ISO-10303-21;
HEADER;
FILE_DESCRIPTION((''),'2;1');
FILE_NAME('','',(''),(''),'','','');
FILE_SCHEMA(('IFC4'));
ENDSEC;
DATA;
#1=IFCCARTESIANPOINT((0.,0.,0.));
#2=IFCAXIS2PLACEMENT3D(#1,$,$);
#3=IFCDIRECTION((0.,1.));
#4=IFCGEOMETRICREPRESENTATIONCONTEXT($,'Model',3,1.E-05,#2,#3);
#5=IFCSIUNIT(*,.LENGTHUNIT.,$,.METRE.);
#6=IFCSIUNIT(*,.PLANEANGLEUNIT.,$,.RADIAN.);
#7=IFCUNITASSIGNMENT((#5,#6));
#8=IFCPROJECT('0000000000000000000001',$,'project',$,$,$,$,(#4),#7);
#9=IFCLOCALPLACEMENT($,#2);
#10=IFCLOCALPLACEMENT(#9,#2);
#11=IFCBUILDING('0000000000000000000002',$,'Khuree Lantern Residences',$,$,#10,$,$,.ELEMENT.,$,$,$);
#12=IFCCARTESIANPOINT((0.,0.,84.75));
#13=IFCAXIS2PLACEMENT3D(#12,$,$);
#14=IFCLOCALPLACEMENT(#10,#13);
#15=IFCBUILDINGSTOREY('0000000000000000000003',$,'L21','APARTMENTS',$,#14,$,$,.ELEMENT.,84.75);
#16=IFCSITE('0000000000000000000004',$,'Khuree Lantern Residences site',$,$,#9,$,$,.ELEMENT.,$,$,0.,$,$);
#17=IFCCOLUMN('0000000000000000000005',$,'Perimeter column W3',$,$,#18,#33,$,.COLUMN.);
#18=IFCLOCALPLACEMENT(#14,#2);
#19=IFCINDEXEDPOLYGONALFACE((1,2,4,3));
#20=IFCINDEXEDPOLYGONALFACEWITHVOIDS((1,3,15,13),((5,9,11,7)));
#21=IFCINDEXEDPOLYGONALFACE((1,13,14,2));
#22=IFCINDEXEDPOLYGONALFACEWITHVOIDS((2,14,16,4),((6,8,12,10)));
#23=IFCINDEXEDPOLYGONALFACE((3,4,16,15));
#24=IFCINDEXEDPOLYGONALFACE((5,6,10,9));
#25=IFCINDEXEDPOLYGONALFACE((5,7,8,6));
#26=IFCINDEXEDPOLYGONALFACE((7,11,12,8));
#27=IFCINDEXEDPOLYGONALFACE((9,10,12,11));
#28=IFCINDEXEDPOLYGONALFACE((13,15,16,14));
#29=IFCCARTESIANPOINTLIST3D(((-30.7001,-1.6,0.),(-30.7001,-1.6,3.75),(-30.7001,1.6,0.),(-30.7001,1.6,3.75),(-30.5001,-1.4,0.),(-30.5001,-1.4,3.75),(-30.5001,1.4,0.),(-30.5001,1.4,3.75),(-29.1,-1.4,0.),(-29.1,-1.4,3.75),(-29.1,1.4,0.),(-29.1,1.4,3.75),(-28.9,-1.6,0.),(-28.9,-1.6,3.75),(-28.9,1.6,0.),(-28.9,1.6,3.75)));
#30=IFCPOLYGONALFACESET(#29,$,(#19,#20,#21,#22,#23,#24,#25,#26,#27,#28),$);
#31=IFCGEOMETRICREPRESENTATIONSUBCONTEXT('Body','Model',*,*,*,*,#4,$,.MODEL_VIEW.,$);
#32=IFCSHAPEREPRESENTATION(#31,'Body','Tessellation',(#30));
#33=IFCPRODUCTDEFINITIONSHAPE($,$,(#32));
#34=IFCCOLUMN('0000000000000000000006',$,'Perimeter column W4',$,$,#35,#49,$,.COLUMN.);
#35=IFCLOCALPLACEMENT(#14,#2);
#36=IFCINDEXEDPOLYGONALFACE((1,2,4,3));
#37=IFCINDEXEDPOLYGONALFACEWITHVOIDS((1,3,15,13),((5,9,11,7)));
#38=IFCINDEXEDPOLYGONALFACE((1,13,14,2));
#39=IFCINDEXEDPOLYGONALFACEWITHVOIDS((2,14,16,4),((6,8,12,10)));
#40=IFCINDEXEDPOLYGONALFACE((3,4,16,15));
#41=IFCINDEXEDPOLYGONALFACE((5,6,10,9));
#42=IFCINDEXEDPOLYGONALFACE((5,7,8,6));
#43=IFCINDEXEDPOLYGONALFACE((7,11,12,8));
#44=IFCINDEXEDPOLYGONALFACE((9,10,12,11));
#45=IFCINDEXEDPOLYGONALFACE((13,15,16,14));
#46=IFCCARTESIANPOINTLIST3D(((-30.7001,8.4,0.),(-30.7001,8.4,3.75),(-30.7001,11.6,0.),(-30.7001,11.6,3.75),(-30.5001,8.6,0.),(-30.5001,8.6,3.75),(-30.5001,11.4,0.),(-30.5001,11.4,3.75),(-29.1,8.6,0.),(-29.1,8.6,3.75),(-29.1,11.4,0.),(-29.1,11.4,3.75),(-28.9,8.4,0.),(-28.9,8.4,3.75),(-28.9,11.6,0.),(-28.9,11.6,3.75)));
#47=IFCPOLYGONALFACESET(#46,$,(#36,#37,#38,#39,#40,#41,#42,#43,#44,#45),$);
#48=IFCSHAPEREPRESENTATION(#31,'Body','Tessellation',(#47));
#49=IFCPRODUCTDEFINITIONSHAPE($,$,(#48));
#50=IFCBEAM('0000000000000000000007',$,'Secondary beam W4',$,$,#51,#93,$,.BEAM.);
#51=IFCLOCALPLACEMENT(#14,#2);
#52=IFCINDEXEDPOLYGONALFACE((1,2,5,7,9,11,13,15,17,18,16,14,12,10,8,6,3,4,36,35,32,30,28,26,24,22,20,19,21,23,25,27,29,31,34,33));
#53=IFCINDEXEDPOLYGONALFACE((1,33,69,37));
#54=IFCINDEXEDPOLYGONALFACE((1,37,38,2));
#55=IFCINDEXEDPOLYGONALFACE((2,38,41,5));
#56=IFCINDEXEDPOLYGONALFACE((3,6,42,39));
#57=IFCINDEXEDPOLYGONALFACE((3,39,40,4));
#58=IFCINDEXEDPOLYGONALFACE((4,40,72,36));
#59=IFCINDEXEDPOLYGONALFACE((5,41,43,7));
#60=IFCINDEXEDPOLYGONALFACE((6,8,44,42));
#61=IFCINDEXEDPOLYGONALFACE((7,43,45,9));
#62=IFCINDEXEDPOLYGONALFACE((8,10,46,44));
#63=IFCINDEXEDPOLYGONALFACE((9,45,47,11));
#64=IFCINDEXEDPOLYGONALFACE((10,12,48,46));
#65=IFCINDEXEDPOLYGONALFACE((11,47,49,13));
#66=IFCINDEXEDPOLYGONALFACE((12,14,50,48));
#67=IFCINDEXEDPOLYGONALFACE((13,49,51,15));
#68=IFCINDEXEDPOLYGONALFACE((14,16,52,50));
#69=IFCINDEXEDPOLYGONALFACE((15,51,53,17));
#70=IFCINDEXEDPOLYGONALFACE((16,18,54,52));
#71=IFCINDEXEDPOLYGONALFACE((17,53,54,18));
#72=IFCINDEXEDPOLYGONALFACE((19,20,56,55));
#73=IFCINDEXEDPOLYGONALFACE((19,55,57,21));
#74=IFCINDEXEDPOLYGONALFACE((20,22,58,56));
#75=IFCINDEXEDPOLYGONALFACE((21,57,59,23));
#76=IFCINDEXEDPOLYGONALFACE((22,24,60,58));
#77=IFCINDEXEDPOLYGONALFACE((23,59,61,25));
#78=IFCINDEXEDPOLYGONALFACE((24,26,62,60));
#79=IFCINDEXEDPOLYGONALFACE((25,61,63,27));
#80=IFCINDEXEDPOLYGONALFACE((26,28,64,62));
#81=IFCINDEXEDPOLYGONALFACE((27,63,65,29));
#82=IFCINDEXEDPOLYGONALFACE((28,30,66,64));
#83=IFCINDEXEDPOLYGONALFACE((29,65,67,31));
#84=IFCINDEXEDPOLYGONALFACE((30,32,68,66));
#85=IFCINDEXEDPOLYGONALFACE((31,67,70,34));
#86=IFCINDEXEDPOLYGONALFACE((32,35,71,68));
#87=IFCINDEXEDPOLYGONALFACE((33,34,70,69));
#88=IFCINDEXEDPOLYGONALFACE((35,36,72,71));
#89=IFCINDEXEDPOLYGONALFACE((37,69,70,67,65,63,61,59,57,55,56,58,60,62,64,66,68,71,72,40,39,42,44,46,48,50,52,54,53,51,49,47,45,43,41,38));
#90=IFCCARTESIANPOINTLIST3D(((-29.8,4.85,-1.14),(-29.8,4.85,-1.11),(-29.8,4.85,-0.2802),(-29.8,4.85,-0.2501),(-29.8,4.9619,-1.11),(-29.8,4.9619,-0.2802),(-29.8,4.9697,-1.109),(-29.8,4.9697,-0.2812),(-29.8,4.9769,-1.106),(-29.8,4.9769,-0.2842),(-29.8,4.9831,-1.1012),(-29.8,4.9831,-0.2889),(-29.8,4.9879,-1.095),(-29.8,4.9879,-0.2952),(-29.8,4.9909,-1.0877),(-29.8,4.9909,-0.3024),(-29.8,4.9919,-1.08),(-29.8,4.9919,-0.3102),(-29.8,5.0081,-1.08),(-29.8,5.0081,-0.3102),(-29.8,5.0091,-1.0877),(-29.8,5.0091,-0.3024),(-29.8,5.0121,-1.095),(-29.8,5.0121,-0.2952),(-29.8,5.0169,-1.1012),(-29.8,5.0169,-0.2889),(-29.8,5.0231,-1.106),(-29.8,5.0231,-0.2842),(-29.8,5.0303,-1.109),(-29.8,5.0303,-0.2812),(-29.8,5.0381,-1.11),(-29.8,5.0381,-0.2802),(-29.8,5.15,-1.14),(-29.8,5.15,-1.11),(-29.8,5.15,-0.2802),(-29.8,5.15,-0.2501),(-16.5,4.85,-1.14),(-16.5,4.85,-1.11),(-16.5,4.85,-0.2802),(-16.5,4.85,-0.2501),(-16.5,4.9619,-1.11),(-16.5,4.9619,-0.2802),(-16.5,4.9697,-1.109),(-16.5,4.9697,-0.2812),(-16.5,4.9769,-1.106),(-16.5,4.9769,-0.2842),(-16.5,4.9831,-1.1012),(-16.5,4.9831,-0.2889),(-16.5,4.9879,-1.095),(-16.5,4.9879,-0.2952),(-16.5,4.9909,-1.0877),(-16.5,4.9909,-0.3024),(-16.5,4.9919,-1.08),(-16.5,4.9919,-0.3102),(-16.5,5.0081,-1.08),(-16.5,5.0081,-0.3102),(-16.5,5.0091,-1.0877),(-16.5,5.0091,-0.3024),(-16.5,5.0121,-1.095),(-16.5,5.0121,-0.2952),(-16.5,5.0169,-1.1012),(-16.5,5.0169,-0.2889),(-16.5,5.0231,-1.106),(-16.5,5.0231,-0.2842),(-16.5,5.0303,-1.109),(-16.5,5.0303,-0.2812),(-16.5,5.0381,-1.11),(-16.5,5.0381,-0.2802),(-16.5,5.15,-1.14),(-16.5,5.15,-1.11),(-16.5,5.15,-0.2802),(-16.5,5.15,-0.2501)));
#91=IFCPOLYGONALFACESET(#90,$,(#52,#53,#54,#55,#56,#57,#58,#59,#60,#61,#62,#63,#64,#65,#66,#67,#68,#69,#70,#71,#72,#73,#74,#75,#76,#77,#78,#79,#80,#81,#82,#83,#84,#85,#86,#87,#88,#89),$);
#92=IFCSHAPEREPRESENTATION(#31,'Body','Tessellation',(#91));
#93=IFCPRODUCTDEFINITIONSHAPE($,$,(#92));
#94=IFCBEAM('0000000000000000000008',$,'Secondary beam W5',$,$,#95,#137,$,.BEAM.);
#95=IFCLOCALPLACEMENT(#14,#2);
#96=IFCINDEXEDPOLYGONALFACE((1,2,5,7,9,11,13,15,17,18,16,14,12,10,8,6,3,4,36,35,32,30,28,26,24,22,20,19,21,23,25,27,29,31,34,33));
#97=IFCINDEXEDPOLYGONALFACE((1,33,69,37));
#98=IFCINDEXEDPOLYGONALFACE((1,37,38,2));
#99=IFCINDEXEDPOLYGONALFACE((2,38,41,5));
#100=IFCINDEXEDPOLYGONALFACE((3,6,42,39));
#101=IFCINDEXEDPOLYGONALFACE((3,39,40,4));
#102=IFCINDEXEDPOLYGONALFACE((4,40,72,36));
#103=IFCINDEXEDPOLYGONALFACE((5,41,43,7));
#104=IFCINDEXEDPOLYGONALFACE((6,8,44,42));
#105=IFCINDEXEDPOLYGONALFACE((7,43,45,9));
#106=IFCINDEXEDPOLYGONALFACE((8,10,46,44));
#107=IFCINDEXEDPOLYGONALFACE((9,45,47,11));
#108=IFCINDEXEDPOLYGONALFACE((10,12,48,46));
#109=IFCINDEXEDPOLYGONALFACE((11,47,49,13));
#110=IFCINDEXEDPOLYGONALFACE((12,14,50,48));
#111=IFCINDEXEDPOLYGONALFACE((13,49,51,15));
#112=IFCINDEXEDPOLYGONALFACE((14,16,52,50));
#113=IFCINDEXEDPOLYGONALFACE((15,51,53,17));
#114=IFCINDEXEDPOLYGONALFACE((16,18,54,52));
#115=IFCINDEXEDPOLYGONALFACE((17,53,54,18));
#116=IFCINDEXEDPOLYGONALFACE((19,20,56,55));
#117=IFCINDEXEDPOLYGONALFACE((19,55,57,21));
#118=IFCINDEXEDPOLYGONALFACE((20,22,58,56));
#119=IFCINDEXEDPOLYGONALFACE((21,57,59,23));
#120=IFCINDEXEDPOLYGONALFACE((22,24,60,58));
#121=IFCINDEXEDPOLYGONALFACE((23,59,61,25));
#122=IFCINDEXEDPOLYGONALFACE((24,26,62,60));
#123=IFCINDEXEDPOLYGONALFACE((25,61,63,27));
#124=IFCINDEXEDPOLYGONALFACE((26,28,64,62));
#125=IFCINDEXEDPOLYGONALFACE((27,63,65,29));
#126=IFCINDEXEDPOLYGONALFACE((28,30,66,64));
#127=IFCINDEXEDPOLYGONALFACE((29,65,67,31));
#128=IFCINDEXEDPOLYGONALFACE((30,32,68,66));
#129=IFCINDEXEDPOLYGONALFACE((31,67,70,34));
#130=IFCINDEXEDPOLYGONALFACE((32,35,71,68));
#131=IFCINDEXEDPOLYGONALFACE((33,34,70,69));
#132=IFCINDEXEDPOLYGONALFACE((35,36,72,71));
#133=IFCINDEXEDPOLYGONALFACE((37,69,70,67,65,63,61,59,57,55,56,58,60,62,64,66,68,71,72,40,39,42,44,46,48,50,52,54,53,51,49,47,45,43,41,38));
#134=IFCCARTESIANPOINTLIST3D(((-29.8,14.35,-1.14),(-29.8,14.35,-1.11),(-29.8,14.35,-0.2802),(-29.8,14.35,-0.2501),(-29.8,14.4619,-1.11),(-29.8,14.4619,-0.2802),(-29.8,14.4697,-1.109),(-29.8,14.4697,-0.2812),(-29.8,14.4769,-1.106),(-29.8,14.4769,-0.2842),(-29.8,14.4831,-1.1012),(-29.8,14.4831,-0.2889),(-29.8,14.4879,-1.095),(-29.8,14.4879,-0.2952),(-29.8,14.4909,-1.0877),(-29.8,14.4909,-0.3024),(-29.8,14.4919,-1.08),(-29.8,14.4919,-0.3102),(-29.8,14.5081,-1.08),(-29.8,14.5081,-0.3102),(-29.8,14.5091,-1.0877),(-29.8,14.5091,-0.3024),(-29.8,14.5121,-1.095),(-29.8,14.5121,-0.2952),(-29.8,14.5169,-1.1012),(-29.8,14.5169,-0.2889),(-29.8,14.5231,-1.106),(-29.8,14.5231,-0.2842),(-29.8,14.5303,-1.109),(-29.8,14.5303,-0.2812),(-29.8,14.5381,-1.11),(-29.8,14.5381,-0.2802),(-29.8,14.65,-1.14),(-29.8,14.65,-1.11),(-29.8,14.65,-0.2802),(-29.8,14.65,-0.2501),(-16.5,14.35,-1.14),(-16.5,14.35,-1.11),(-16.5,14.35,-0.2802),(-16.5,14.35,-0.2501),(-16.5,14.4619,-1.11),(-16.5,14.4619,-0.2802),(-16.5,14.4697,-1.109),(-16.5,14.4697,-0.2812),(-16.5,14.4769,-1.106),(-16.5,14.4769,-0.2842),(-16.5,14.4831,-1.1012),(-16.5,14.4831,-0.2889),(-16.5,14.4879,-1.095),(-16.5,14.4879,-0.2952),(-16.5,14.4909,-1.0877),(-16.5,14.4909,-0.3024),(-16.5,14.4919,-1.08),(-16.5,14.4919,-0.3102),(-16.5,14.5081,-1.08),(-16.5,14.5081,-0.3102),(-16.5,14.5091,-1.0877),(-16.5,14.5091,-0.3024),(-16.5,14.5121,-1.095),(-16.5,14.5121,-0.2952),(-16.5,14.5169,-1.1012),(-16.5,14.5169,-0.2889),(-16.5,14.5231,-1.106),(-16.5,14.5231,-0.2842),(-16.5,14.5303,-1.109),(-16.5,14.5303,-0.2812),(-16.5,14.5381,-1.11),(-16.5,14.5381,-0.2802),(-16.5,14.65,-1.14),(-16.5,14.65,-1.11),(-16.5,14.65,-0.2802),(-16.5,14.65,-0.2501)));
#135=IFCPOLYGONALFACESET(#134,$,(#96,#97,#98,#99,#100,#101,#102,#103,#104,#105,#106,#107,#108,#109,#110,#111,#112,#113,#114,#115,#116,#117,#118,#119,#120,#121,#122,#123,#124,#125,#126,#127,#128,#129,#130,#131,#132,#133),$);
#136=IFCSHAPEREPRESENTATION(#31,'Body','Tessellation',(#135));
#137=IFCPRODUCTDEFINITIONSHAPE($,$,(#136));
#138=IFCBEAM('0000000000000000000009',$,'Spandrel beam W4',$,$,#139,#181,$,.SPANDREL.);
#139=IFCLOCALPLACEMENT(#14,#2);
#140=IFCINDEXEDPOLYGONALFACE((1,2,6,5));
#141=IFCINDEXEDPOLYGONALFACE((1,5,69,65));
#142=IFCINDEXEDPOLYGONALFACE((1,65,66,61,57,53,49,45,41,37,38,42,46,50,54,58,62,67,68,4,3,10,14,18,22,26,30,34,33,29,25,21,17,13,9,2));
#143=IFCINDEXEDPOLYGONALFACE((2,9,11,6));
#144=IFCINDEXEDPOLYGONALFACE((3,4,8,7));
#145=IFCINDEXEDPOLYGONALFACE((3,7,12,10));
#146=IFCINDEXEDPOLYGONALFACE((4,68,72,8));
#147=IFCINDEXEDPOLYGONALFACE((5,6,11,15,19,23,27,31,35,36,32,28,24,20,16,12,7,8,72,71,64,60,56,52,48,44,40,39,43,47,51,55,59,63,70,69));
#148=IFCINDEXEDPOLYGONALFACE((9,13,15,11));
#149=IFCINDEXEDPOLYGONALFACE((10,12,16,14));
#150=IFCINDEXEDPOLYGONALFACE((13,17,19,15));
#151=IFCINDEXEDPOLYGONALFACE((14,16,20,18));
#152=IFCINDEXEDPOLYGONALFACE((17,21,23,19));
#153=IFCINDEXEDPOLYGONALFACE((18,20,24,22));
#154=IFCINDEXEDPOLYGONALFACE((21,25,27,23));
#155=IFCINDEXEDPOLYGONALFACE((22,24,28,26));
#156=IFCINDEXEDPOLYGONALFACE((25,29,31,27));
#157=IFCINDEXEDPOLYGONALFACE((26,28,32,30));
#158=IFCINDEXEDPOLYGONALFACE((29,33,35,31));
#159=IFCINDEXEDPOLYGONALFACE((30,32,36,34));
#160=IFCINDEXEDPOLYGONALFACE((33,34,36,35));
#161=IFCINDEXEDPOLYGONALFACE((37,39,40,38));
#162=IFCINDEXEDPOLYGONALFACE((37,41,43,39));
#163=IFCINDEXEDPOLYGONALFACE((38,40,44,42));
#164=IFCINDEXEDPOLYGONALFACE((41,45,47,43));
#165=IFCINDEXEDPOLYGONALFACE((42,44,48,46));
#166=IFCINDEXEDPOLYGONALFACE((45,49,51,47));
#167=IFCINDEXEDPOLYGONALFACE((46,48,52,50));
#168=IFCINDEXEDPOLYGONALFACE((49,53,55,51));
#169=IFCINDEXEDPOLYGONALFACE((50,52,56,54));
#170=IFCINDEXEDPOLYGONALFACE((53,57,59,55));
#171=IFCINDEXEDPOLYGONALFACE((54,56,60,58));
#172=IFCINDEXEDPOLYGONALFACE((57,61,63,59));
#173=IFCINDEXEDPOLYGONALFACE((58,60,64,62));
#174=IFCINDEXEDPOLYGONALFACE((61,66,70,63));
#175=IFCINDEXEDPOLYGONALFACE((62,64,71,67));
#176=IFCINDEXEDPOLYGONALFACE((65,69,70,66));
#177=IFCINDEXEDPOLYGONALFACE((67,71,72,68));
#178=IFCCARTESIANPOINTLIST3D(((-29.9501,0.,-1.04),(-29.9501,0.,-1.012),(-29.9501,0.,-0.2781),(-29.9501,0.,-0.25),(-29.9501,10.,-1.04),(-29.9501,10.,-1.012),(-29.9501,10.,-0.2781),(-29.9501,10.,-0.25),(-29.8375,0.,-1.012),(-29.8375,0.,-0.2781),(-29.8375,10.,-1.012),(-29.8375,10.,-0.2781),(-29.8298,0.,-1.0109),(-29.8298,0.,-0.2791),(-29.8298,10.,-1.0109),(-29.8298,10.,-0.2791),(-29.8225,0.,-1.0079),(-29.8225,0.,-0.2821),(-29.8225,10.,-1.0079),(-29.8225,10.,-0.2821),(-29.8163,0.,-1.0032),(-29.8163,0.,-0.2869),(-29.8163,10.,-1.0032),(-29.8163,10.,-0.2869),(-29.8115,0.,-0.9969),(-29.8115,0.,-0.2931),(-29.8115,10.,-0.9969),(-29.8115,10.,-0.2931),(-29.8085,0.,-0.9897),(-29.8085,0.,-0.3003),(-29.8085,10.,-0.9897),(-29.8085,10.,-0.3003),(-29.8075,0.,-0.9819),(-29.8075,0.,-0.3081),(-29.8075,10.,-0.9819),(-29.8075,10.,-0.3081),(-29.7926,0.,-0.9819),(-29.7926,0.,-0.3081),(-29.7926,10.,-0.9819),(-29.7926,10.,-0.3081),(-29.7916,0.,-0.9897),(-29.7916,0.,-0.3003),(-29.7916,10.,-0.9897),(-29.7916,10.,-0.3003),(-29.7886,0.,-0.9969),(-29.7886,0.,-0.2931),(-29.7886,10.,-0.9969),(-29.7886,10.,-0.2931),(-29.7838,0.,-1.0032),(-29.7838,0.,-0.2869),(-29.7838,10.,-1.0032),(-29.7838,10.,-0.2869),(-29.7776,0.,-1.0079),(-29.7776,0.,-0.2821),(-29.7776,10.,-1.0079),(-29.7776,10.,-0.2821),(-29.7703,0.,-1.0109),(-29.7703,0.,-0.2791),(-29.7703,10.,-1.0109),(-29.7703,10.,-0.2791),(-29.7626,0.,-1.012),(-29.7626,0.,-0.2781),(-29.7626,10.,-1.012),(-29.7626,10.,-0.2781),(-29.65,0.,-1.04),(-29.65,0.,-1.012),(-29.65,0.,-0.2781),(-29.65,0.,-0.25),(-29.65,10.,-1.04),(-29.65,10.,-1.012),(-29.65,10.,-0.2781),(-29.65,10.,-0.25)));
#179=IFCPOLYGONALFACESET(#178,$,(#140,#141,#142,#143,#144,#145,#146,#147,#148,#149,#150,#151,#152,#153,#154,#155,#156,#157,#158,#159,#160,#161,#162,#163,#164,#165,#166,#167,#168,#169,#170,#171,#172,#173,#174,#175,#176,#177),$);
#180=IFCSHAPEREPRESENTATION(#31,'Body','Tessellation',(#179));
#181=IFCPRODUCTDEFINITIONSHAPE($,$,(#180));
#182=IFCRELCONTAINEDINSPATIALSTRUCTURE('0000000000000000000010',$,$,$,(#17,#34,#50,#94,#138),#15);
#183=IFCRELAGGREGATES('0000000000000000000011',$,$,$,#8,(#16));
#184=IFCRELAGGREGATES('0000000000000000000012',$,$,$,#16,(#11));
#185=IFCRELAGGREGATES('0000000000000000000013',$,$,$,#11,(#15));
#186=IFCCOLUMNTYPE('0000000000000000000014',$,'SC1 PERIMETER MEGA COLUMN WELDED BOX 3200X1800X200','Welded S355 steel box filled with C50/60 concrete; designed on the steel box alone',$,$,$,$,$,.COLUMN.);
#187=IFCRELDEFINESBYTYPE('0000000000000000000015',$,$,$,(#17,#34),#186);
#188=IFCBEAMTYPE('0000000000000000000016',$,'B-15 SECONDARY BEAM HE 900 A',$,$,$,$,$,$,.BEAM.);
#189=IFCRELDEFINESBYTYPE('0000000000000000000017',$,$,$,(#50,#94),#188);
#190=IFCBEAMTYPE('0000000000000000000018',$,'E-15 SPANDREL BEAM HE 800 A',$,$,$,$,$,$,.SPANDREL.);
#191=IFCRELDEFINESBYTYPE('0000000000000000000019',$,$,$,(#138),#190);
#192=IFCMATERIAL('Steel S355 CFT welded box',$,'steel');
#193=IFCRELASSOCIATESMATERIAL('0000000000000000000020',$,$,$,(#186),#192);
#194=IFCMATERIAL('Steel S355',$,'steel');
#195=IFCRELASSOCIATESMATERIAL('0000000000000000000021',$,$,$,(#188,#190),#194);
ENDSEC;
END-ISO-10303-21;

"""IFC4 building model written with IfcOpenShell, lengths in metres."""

from ifc_helpers import new_model, si_unit, direction, frame, origin, origin_2d, place, context, subcontext, project, spatial, hollow_rectangle, i_section, extrude, material, material_profile, profile_set, type_object, element, save


model = new_model("IFC4")

# Units and contexts
model_context = context("Model", 3, precision=1e-05, world=origin(), true_north=direction((0.0, 1.0)))
body_context = subcontext(model_context, "Body", "Model", "MODEL_VIEW")
ifc_project = project(units=[si_unit("LENGTHUNIT", "METRE"), si_unit("PLANEANGLEUNIT", "RADIAN")], contexts=[model_context])

# Site, building, storey
site_placement = place(None, origin())
site = spatial("IfcSite", under=ifc_project, at=site_placement, Name="Khuree Lantern Residences site", CompositionType="ELEMENT", RefElevation=0.0)
building_placement = place(site_placement, origin())
building = spatial("IfcBuilding", under=site, at=building_placement, Name="Khuree Lantern Residences", CompositionType="ELEMENT")
storey_placement = place(building_placement, frame((0.0, 0.0, 84.75)))
storey = spatial("IfcBuildingStorey", under=building, at=storey_placement, Name="L21", Description="APARTMENTS", CompositionType="ELEMENT", Elevation=84.75)

# Columns
ifc_material_1 = material(Name="Steel S355 CFT welded box", Category="steel")
ifc_material_profile_1 = material_profile(ifc_material_1, hollow_rectangle(XDim=3.2, YDim=1.8, WallThickness=0.2, at=origin_2d()), Name="WELDED BOX 3200X1800X200")
ifc_profile_set_1 = profile_set([ifc_material_profile_1], Name="Steel S355 CFT welded box")
column_type = type_object("IfcColumnType", Name="SC1 PERIMETER MEGA COLUMN WELDED BOX 3200X1800X200", Description="Welded S355 steel box filled with C50/60 concrete; designed on the steel box alone", PredefinedType="COLUMN", material=ifc_profile_set_1)
for number, where, z_axis, x_axis, name in (
    (1, (-29.8, 0.0, 0.0), (0.0, 0.0, 1.0), (0.0, 1.0, 0.0), "Perimeter column W3"),
    (2, (-29.8, 10.0, 0.0), (0.0, 0.0, 1.0), (0.0, 1.0, 0.0), "Perimeter column W4"),
):
    element("IfcColumn", number, at=place(storey_placement, frame(where, z_axis=z_axis, x_axis=x_axis)), inside=storey, type_object=column_type, Name=name, PredefinedType="COLUMN", context=body_context, shape_type="SweptSolid", body=[
        extrude(hollow_rectangle(XDim=3.2, YDim=1.8, WallThickness=0.2, at=origin_2d()), origin(), (0.0, 0.0, 1.0), 3.75),
    ])

# Beams
ifc_material_2 = material(Name="Steel S355", Category="steel")
ifc_material_profile_2 = material_profile(ifc_material_2, i_section(OverallWidth=0.3, OverallDepth=0.8899, WebThickness=0.0161, FlangeThickness=0.03, FilletRadius=0.03, at=origin_2d()), Name="HE 900 A")
ifc_profile_set_2 = profile_set([ifc_material_profile_2], Name="Steel S355")
beam_type_1 = type_object("IfcBeamType", Name="B-15 SECONDARY BEAM HE 900 A", PredefinedType="BEAM", material=ifc_profile_set_2)
for number, where, z_axis, x_axis, name in (
    (3, (-29.8, 5.0, -0.6951), (1.0, 0.0, 0.0), (0.0, 1.0, 0.0), "Secondary beam W4"),
    (4, (-29.8, 14.5, -0.6951), (1.0, 0.0, 0.0), (0.0, 1.0, 0.0), "Secondary beam W5"),
):
    element("IfcBeam", number, at=place(storey_placement, frame(where, z_axis=z_axis, x_axis=x_axis)), inside=storey, type_object=beam_type_1, Name=name, PredefinedType="BEAM", context=body_context, shape_type="SweptSolid", body=[
        extrude(i_section(OverallWidth=0.3, OverallDepth=0.8899, WebThickness=0.0161, FlangeThickness=0.03, FilletRadius=0.03, at=origin_2d()), origin(), (0.0, 0.0, 1.0), 13.3),
    ])
ifc_material_profile_3 = material_profile(ifc_material_2, i_section(OverallWidth=0.3, OverallDepth=0.79, WebThickness=0.0149, FlangeThickness=0.0281, FilletRadius=0.03, at=origin_2d()), Name="HE 800 A")
ifc_profile_set_3 = profile_set([ifc_material_profile_3], Name="Steel S355")
beam_type_2 = type_object("IfcBeamType", Name="E-15 SPANDREL BEAM HE 800 A", PredefinedType="SPANDREL", material=ifc_profile_set_3)
for number, where, z_axis, x_axis, name in (
    (5, (-29.8, 0.0, -0.645), (0.0, 1.0, 0.0), (-1.0, 0.0, 0.0), "Spandrel beam W4"),
):
    element("IfcBeam", number, at=place(storey_placement, frame(where, z_axis=z_axis, x_axis=x_axis)), inside=storey, type_object=beam_type_2, Name=name, PredefinedType="SPANDREL", context=body_context, shape_type="SweptSolid", body=[
        extrude(i_section(OverallWidth=0.3, OverallDepth=0.79, WebThickness=0.0149, FlangeThickness=0.0281, FilletRadius=0.03, at=origin_2d()), origin(), (0.0, 0.0, 1.0), 10.0),
    ])

save(model, "model.ifc")
